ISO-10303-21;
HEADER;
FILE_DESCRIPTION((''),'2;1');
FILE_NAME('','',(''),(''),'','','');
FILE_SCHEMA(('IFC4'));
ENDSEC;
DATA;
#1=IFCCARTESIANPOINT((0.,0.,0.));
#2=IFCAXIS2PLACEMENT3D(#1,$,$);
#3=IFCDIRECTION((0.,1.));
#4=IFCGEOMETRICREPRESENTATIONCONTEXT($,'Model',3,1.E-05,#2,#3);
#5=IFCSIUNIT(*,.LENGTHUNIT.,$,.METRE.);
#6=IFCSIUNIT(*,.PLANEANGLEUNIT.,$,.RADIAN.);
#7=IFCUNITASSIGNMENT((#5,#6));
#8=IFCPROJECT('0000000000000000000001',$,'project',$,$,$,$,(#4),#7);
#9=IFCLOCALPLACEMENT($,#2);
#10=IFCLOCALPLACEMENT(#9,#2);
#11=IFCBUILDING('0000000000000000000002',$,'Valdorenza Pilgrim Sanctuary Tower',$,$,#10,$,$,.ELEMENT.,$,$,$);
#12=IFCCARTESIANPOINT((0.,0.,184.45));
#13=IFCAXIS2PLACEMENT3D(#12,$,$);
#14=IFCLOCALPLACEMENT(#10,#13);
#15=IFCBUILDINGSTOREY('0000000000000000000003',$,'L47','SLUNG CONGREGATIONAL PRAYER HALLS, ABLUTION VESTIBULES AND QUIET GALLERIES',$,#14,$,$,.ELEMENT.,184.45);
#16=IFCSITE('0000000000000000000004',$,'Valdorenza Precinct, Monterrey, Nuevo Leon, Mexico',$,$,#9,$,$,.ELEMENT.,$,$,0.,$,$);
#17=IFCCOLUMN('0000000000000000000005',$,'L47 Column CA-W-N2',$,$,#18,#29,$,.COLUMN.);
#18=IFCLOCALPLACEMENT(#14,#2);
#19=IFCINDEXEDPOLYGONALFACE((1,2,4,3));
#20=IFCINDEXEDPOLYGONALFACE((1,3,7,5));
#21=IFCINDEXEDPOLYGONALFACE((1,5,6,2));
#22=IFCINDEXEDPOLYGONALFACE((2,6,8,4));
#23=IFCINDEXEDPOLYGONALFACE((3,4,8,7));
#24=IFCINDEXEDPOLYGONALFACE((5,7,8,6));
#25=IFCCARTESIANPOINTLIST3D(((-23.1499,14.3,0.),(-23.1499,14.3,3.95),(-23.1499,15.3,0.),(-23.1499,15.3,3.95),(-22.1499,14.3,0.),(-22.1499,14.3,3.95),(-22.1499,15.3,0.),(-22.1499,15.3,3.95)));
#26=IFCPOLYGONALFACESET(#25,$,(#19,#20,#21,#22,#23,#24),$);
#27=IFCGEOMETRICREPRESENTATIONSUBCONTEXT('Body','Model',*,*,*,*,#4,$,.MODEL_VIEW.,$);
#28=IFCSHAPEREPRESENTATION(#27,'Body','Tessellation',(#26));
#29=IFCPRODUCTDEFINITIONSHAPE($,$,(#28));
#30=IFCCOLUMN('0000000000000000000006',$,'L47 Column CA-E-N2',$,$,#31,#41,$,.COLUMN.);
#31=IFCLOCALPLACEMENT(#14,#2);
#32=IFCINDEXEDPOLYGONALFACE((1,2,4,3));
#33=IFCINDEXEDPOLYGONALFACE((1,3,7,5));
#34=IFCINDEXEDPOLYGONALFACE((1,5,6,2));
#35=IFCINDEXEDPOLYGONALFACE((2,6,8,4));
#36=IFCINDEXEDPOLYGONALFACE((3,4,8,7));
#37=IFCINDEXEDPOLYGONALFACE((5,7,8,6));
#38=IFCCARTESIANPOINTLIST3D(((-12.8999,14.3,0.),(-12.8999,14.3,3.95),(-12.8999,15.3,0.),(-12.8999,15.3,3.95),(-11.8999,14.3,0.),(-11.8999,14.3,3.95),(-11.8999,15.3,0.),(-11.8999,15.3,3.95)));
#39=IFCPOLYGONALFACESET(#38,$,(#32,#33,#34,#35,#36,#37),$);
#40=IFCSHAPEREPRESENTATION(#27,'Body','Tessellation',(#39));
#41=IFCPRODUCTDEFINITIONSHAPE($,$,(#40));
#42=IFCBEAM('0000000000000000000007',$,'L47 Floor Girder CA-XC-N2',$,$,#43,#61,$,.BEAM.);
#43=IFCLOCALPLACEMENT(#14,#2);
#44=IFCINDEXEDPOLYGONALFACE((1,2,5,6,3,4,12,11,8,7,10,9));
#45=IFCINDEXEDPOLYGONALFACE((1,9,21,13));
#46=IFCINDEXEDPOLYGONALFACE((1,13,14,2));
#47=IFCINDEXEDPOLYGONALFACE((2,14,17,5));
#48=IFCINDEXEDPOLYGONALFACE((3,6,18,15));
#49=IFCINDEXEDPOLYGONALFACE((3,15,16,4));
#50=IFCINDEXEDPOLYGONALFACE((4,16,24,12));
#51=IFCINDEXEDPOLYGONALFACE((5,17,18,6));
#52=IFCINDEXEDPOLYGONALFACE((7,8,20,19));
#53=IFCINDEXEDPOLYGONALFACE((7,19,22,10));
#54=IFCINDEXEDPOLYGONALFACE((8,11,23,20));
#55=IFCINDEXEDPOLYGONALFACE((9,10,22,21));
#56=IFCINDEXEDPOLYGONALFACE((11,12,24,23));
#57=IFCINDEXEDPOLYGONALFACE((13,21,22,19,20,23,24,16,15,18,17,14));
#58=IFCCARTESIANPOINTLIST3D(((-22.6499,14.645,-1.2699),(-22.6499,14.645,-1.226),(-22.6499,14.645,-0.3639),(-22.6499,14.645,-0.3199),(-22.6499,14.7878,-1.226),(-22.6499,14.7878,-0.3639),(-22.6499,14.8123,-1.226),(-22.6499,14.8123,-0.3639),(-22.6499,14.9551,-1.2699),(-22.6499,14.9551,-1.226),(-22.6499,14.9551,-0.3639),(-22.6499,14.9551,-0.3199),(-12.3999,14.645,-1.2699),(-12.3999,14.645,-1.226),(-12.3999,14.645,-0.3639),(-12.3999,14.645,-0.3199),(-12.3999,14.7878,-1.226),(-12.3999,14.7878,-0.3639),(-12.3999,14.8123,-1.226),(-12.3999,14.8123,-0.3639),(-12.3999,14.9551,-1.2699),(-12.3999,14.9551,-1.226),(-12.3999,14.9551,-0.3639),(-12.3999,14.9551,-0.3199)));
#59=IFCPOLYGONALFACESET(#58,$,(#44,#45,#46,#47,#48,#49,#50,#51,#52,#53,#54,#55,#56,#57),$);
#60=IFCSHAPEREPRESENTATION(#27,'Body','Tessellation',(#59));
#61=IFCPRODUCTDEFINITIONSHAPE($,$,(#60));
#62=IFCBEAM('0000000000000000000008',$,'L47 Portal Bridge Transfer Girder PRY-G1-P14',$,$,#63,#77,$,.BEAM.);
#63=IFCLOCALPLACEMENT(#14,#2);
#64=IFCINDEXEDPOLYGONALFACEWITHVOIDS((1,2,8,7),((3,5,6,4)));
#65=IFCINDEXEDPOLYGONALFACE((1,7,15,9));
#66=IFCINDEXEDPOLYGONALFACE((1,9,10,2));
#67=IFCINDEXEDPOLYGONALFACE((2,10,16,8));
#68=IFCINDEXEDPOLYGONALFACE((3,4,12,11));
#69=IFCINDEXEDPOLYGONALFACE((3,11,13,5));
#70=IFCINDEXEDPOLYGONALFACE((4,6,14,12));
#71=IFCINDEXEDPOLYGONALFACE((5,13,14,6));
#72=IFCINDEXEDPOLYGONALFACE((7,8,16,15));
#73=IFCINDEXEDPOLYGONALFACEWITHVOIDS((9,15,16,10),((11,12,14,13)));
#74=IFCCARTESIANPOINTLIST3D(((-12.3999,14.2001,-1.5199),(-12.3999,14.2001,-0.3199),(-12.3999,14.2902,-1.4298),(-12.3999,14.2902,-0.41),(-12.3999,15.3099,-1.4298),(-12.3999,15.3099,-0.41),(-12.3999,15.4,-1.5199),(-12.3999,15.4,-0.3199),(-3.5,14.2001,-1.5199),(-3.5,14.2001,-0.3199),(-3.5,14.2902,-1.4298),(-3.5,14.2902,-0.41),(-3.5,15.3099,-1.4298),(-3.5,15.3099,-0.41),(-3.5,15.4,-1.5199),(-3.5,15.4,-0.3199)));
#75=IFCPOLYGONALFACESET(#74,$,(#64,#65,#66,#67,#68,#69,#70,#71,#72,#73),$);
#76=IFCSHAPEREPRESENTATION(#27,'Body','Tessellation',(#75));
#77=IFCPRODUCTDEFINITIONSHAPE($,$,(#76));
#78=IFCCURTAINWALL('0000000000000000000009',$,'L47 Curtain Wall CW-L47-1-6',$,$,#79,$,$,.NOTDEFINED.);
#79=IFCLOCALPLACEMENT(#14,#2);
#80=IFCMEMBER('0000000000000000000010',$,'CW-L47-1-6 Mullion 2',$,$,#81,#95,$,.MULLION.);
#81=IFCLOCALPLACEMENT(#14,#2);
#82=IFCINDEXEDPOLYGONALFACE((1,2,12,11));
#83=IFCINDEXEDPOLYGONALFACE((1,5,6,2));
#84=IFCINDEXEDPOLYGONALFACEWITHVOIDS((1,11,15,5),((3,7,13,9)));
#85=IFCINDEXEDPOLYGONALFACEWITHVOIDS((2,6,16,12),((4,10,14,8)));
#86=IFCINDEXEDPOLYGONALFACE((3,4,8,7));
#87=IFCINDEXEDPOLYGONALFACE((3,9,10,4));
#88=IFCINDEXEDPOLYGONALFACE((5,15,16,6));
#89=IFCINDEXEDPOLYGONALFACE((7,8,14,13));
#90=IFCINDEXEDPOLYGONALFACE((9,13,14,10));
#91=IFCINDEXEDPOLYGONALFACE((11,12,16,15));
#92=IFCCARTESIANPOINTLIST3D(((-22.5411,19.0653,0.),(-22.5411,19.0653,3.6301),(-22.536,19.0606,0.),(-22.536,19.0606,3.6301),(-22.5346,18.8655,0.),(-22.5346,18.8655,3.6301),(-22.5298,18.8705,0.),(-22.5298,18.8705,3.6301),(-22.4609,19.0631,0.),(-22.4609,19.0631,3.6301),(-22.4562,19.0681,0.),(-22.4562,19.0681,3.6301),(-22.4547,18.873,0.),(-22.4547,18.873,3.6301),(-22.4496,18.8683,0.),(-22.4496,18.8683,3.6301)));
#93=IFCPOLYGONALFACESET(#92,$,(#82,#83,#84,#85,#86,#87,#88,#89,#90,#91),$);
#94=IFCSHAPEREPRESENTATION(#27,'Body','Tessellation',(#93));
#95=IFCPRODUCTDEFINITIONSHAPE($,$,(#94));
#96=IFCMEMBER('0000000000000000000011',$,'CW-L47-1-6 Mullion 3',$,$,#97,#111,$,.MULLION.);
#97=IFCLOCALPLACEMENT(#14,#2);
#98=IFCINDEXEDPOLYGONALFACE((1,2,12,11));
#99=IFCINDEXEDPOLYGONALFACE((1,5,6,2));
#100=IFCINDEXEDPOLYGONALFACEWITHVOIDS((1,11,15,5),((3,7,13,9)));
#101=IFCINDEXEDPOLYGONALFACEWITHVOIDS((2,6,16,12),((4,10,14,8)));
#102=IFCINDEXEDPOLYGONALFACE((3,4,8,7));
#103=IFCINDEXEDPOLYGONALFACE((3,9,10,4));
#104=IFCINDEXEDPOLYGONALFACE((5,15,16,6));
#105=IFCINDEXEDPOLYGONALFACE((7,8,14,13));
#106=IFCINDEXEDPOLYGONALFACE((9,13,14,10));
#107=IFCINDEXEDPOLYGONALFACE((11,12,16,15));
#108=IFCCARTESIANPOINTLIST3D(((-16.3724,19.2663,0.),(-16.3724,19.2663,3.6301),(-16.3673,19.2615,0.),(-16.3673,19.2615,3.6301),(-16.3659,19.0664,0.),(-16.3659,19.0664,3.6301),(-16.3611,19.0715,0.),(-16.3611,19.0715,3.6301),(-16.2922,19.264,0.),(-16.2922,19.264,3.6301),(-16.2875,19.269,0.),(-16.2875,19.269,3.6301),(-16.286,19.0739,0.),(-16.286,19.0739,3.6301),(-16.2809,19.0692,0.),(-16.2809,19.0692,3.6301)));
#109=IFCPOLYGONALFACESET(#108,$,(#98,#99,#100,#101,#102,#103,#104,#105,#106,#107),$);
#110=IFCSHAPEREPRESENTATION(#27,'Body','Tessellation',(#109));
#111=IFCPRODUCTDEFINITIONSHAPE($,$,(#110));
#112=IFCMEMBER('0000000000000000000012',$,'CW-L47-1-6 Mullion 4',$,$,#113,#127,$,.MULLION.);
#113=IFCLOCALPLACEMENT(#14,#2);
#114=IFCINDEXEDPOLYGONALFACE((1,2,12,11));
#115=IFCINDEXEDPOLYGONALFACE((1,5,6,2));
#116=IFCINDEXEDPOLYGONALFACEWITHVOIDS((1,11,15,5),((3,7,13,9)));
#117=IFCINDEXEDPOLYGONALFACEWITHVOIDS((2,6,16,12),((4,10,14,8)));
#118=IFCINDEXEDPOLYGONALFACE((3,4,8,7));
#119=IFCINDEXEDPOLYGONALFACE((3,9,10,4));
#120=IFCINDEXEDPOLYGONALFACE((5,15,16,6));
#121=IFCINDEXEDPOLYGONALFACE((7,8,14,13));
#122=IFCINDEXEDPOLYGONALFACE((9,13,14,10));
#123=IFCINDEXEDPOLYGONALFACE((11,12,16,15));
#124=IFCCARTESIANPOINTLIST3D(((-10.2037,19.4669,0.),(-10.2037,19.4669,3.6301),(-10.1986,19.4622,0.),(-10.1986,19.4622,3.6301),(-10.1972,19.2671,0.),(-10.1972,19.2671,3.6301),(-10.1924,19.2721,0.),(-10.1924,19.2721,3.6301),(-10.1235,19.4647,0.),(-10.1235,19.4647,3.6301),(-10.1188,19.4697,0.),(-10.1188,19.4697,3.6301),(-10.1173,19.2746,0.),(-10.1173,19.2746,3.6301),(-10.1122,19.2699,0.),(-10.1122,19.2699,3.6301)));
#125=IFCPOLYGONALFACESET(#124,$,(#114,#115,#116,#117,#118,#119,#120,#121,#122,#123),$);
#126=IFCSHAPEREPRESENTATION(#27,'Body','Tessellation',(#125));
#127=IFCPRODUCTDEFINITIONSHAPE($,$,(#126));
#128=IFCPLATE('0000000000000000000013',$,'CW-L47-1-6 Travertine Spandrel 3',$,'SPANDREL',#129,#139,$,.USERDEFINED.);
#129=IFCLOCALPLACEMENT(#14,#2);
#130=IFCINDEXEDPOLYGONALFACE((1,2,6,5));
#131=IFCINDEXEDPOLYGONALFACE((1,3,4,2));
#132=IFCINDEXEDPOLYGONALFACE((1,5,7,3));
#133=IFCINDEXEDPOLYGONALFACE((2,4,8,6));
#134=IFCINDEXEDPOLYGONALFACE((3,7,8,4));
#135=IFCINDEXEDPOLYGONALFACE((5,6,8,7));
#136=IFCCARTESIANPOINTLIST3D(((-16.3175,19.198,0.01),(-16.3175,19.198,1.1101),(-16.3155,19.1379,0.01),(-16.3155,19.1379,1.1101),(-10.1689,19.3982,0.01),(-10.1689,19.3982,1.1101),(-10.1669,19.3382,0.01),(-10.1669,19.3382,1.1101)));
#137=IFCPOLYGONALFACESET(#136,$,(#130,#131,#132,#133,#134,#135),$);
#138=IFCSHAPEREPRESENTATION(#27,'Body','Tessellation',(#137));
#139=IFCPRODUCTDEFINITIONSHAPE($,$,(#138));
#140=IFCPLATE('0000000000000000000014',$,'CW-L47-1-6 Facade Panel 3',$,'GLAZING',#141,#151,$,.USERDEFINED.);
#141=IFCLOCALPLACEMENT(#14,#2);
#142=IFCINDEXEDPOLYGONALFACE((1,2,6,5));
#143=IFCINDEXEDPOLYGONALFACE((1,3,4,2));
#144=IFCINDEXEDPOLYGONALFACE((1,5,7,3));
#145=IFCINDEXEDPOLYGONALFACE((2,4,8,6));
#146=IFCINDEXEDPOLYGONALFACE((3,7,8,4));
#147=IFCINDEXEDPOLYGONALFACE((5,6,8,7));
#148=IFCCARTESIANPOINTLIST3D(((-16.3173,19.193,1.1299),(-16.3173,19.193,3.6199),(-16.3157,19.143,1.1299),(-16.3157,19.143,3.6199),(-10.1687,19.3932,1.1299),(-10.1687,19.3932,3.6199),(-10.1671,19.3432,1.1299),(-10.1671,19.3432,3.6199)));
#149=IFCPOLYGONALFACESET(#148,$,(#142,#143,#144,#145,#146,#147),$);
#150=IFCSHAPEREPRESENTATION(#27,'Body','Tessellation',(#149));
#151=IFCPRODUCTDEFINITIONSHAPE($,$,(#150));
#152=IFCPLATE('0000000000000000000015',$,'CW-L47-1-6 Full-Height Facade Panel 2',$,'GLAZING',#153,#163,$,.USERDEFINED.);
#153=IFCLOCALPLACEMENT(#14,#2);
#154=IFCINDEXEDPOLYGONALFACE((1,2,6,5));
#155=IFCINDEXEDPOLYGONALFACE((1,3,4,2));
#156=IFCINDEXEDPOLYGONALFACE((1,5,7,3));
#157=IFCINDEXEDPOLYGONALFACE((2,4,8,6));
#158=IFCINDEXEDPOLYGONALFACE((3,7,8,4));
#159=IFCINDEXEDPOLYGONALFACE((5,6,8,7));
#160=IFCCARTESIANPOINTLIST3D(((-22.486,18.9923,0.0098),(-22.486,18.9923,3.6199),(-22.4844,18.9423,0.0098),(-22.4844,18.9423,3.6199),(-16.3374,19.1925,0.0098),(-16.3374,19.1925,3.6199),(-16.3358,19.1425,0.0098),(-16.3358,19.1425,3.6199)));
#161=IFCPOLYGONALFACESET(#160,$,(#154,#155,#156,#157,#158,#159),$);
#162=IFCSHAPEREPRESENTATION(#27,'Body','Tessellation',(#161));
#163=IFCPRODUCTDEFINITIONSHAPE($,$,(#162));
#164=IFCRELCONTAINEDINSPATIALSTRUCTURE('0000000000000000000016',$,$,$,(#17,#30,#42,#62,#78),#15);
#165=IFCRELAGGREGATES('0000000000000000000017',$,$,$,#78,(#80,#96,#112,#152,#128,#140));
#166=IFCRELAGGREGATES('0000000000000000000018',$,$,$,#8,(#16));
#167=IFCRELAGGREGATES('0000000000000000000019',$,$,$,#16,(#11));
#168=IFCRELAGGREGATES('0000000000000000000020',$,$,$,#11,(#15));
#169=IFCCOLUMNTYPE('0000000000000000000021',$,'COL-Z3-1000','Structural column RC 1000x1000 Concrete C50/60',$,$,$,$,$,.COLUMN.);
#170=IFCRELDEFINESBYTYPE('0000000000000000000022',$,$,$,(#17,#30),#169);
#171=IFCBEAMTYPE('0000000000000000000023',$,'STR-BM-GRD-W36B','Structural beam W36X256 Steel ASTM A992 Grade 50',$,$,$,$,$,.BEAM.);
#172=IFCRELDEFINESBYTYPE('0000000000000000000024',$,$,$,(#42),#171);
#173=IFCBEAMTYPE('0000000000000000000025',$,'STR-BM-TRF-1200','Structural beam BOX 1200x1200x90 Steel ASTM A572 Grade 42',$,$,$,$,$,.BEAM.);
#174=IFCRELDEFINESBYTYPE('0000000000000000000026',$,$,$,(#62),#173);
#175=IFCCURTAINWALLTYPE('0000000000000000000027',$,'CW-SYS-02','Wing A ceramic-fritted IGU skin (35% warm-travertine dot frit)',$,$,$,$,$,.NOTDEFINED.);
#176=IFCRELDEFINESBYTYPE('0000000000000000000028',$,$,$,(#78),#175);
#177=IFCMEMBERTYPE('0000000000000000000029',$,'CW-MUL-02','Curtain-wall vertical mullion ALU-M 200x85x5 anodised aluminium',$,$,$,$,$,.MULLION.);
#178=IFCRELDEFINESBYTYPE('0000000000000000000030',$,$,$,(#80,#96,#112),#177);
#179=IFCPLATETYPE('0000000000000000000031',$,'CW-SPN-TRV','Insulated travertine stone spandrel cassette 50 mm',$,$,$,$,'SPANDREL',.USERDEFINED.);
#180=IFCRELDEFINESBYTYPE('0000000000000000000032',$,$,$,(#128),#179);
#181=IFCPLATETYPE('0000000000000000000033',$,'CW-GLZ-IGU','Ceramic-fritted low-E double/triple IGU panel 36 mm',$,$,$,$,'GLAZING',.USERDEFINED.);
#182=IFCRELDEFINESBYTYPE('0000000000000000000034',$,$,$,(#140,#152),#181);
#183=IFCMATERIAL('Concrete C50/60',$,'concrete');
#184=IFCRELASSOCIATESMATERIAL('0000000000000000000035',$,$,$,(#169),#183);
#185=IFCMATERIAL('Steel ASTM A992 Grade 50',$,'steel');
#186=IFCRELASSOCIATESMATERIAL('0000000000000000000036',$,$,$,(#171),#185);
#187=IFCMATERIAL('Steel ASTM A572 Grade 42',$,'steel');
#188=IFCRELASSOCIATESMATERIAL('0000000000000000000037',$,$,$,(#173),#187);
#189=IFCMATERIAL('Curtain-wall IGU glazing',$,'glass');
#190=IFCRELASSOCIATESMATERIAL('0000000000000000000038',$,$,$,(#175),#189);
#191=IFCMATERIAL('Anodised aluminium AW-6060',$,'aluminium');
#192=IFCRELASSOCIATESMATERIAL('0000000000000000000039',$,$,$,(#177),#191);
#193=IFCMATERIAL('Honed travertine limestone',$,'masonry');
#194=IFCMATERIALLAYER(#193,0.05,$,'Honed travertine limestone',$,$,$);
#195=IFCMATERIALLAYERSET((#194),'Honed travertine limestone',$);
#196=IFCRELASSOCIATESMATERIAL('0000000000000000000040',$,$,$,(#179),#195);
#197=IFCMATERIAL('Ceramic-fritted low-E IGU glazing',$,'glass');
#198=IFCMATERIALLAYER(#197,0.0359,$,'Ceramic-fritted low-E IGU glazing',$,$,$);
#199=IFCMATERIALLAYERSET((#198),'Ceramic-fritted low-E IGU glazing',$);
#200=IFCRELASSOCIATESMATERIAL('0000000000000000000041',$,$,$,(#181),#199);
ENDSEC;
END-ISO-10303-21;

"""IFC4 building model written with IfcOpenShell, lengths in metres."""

from ifc_helpers import new_model, si_unit, direction, frame, origin, origin_2d, place, context, subcontext, project, spatial, rectangle, hollow_rectangle, i_section, extrude, source, transform, mapped, material, layer, layer_set, material_profile, profile_set, type_object, element, aggregate, save


model = new_model("IFC4")

# Units and contexts
model_context = context("Model", 3, precision=1e-05, world=origin(), true_north=direction((0.0, 1.0)))
body_context = subcontext(model_context, "Body", "Model", "MODEL_VIEW")
ifc_project = project(units=[si_unit("LENGTHUNIT", "METRE"), si_unit("PLANEANGLEUNIT", "RADIAN")], contexts=[model_context])

# Site, building, storey
site_placement = place(None, origin())
site = spatial("IfcSite", under=ifc_project, at=site_placement, Name="Valdorenza Precinct, Monterrey, Nuevo Leon, Mexico", CompositionType="ELEMENT", RefElevation=0.0)
building_placement = place(site_placement, origin())
building = spatial("IfcBuilding", under=site, at=building_placement, Name="Valdorenza Pilgrim Sanctuary Tower", CompositionType="ELEMENT")
storey_placement = place(building_placement, frame((0.0, 0.0, 184.45)))
storey = spatial("IfcBuildingStorey", under=building, at=storey_placement, Name="L47", Description="SLUNG CONGREGATIONAL PRAYER HALLS, ABLUTION VESTIBULES AND QUIET GALLERIES", CompositionType="ELEMENT", Elevation=184.45)

# Columns
ifc_material_1 = material(Name="Concrete C50/60", Category="concrete")
ifc_material_profile_1 = material_profile(ifc_material_1, rectangle(XDim=1.0, YDim=1.0, at=origin_2d()), Name="RC 1000x1000")
ifc_profile_set_1 = profile_set([ifc_material_profile_1], Name="Concrete C50/60")
column_type = type_object("IfcColumnType", Name="COL-Z3-1000", Description="Structural column RC 1000x1000 Concrete C50/60", PredefinedType="COLUMN", material=ifc_profile_set_1)
shared_shape_1 = source(origin(), body_context, "Body", "SweptSolid", [
    extrude(rectangle(XDim=1.0, YDim=1.0, at=origin_2d()), origin(), (0.0, 0.0, 1.0), 3.95),
])
for number, where, z_axis, x_axis, name in (
    (1, (-22.6499, 14.8, 0.0), (0.0, 0.0, 1.0), (1.0, 0.0, 0.0), "L47 Column CA-W-N2"),
    (2, (-12.3999, 14.8, 0.0), (0.0, 0.0, 1.0), (1.0, 0.0, 0.0), "L47 Column CA-E-N2"),
):
    element("IfcColumn", number, at=place(storey_placement, frame(where, z_axis=z_axis, x_axis=x_axis)), inside=storey, type_object=column_type, Name=name, PredefinedType="COLUMN", context=body_context, shape_type="MappedRepresentation", body=[
        mapped(shared_shape_1, transform((0.0, 0.0, 0.0), x_axis=(1.0, 0.0, 0.0), y_axis=(0.0, 1.0, 0.0), z_axis=(0.0, 0.0, 1.0), scale=1.0)),
    ])

# Beams
ifc_material_2 = material(Name="Steel ASTM A992 Grade 50", Category="steel")
ifc_material_profile_2 = material_profile(ifc_material_2, i_section(OverallWidth=0.3101, OverallDepth=0.95, WebThickness=0.0244, FlangeThickness=0.0439, at=origin_2d()), Name="W36X256")
ifc_profile_set_2 = profile_set([ifc_material_profile_2], Name="Steel ASTM A992 Grade 50")
beam_type_1 = type_object("IfcBeamType", Name="STR-BM-GRD-W36B", Description="Structural beam W36X256 Steel ASTM A992 Grade 50", PredefinedType="BEAM", material=ifc_profile_set_2)
shared_shape_2 = source(origin(), body_context, "Body", "SweptSolid", [
    extrude(i_section(OverallWidth=0.3101, OverallDepth=0.95, WebThickness=0.0244, FlangeThickness=0.0439, at=origin_2d()), origin(), (0.0, 0.0, 1.0), 10.25),
])
beam_1_placement = place(storey_placement, frame((-22.6499, 14.8, -0.7949), z_axis=(1.0, 0.0, 0.0), x_axis=(0.0, 1.0, 0.0)))
element("IfcBeam", 3, at=beam_1_placement, inside=storey, type_object=beam_type_1, Name="L47 Floor Girder CA-XC-N2", PredefinedType="BEAM", context=body_context, shape_type="MappedRepresentation", body=[
    mapped(shared_shape_2, transform((0.0, 0.0, 0.0), x_axis=(1.0, 0.0, 0.0), y_axis=(0.0, 1.0, 0.0), z_axis=(0.0, 0.0, 1.0), scale=1.0)),
])
ifc_material_3 = material(Name="Steel ASTM A572 Grade 42", Category="steel")
ifc_material_profile_3 = material_profile(ifc_material_3, hollow_rectangle(XDim=1.2, YDim=1.2, WallThickness=0.0901, at=origin_2d()), Name="BOX 1200x1200x90")
ifc_profile_set_3 = profile_set([ifc_material_profile_3], Name="Steel ASTM A572 Grade 42")
beam_type_2 = type_object("IfcBeamType", Name="STR-BM-TRF-1200", Description="Structural beam BOX 1200x1200x90 Steel ASTM A572 Grade 42", PredefinedType="BEAM", material=ifc_profile_set_3)
shared_shape_3 = source(origin(), body_context, "Body", "SweptSolid", [
    extrude(hollow_rectangle(XDim=1.2, YDim=1.2, WallThickness=0.0901, at=origin_2d()), origin(), (0.0, 0.0, 1.0), 8.8999),
])
beam_2_placement = place(storey_placement, frame((-12.3999, 14.8, -0.9199), z_axis=(1.0, 0.0, 0.0), x_axis=(0.0, 1.0, 0.0)))
element("IfcBeam", 4, at=beam_2_placement, inside=storey, type_object=beam_type_2, Name="L47 Portal Bridge Transfer Girder PRY-G1-P14", PredefinedType="BEAM", context=body_context, shape_type="MappedRepresentation", body=[
    mapped(shared_shape_3, transform((0.0, 0.0, 0.0), x_axis=(1.0, 0.0, 0.0), y_axis=(0.0, 1.0, 0.0), z_axis=(0.0, 0.0, 1.0), scale=1.0)),
])

# Curtain wall, members, plates
ifc_material_4 = material(Name="Curtain-wall IGU glazing", Category="glass")
curtain_wall_type = type_object("IfcCurtainWallType", Name="CW-SYS-02", Description="Wing A ceramic-fritted IGU skin (35% warm-travertine dot frit)", PredefinedType="NOTDEFINED", material=ifc_material_4)
curtain_wall_placement = place(storey_placement, origin())
curtain_wall = element("IfcCurtainWall", 5, at=curtain_wall_placement, inside=storey, type_object=curtain_wall_type, Name="L47 Curtain Wall CW-L47-1-6", PredefinedType="NOTDEFINED")
ifc_material_5 = material(Name="Anodised aluminium AW-6060", Category="aluminium")
ifc_material_profile_4 = material_profile(ifc_material_5, hollow_rectangle(XDim=0.085, YDim=0.2, WallThickness=0.0049, at=origin_2d()), Name="ALU-M 200x85x5")
ifc_profile_set_4 = profile_set([ifc_material_profile_4], Name="Anodised aluminium AW-6060")
member_type = type_object("IfcMemberType", Name="CW-MUL-02", Description="Curtain-wall vertical mullion ALU-M 200x85x5 anodised aluminium", PredefinedType="MULLION", material=ifc_profile_set_4)
shared_shape_4 = source(origin(), body_context, "Body", "SweptSolid", [
    extrude(hollow_rectangle(XDim=0.085, YDim=0.2, WallThickness=0.0049, at=origin_2d()), origin(), (0.0, 0.0, 1.0), 3.6301),
])
member_1_placement = place(storey_placement, frame((-22.4954, 18.9668, 0.0), z_axis=(0.0, 0.0, 1.0), x_axis=(0.99947, 0.032545, 0.0)))
member_1 = element("IfcMember", 6, at=member_1_placement, type_object=member_type, Name="CW-L47-1-6 Mullion 2", PredefinedType="MULLION", context=body_context, shape_type="MappedRepresentation", body=[
    mapped(shared_shape_4, transform((0.0, 0.0, 0.0), x_axis=(1.0, 0.0, 0.0), y_axis=(0.0, 1.0, 0.0), z_axis=(0.0, 0.0, 1.0), scale=1.0)),
])
member_2_placement = place(storey_placement, frame((-16.3267, 19.1677, 0.0), z_axis=(0.0, 0.0, 1.0), x_axis=(0.99947, 0.032545, 0.0)))
member_2 = element("IfcMember", 7, at=member_2_placement, type_object=member_type, Name="CW-L47-1-6 Mullion 3", PredefinedType="MULLION", context=body_context, shape_type="MappedRepresentation", body=[
    mapped(shared_shape_4, transform((0.0, 0.0, 0.0), x_axis=(1.0, 0.0, 0.0), y_axis=(0.0, 1.0, 0.0), z_axis=(0.0, 0.0, 1.0), scale=1.0)),
])
member_3_placement = place(storey_placement, frame((-10.158, 19.3684, 0.0), z_axis=(0.0, 0.0, 1.0), x_axis=(0.99947, 0.032545, 0.0)))
member_3 = element("IfcMember", 8, at=member_3_placement, type_object=member_type, Name="CW-L47-1-6 Mullion 4", PredefinedType="MULLION", context=body_context, shape_type="MappedRepresentation", body=[
    mapped(shared_shape_4, transform((0.0, 0.0, 0.0), x_axis=(1.0, 0.0, 0.0), y_axis=(0.0, 1.0, 0.0), z_axis=(0.0, 0.0, 1.0), scale=1.0)),
])
ifc_material_6 = material(Name="Honed travertine limestone", Category="masonry")
ifc_layer_1 = layer(ifc_material_6, 0.05, Name="Honed travertine limestone")
ifc_layer_set_1 = layer_set([ifc_layer_1], Name="Honed travertine limestone")
plate_type_1 = type_object("IfcPlateType", Name="CW-SPN-TRV", Description="Insulated travertine stone spandrel cassette 50 mm", ElementType="SPANDREL", PredefinedType="USERDEFINED", material=ifc_layer_set_1)
shared_shape_5 = source(origin(), body_context, "Body", "SweptSolid", [
    extrude(rectangle(XDim=6.1519, YDim=0.0601, at=origin_2d()), origin(), (0.0, 0.0, 1.0), 1.1001),
])
plate_1_placement = place(storey_placement, frame((-13.2422, 19.2681, 0.01), z_axis=(0.0, 0.0, 1.0), x_axis=(0.99947, 0.032545, 0.0)))
plate_1 = element("IfcPlate", 9, at=plate_1_placement, type_object=plate_type_1, Name="CW-L47-1-6 Travertine Spandrel 3", ObjectType="SPANDREL", PredefinedType="USERDEFINED", context=body_context, shape_type="MappedRepresentation", body=[
    mapped(shared_shape_5, transform((0.0, 0.0, 0.0), x_axis=(1.0, 0.0, 0.0), y_axis=(0.0, 1.0, 0.0), z_axis=(0.0, 0.0, 1.0), scale=1.0)),
])
ifc_material_7 = material(Name="Ceramic-fritted low-E IGU glazing", Category="glass")
ifc_layer_2 = layer(ifc_material_7, 0.0359, Name="Ceramic-fritted low-E IGU glazing")
ifc_layer_set_2 = layer_set([ifc_layer_2], Name="Ceramic-fritted low-E IGU glazing")
plate_type_2 = type_object("IfcPlateType", Name="CW-GLZ-IGU", Description="Ceramic-fritted low-E double/triple IGU panel 36 mm", ElementType="GLAZING", PredefinedType="USERDEFINED", material=ifc_layer_set_2)
shared_shape_6 = source(origin(), body_context, "Body", "SweptSolid", [
    extrude(rectangle(XDim=6.1519, YDim=0.05, at=origin_2d()), origin(), (0.0, 0.0, 1.0), 2.49),
])
plate_2_placement = place(storey_placement, frame((-13.2422, 19.2681, 1.1299), z_axis=(0.0, 0.0, 1.0), x_axis=(0.99947, 0.032545, 0.0)))
plate_2 = element("IfcPlate", 10, at=plate_2_placement, type_object=plate_type_2, Name="CW-L47-1-6 Facade Panel 3", ObjectType="GLAZING", PredefinedType="USERDEFINED", context=body_context, shape_type="MappedRepresentation", body=[
    mapped(shared_shape_6, transform((0.0, 0.0, 0.0), x_axis=(1.0, 0.0, 0.0), y_axis=(0.0, 1.0, 0.0), z_axis=(0.0, 0.0, 1.0), scale=1.0)),
])
shared_shape_7 = source(origin(), body_context, "Body", "SweptSolid", [
    extrude(rectangle(XDim=6.1519, YDim=0.05, at=origin_2d()), origin(), (0.0, 0.0, 1.0), 3.6101),
])
plate_3_placement = place(storey_placement, frame((-19.4109, 19.0674, 0.0098), z_axis=(0.0, 0.0, 1.0), x_axis=(0.99947, 0.032545, 0.0)))
plate_3 = element("IfcPlate", 11, at=plate_3_placement, type_object=plate_type_2, Name="CW-L47-1-6 Full-Height Facade Panel 2", ObjectType="GLAZING", PredefinedType="USERDEFINED", context=body_context, shape_type="MappedRepresentation", body=[
    mapped(shared_shape_7, transform((0.0, 0.0, 0.0), x_axis=(1.0, 0.0, 0.0), y_axis=(0.0, 1.0, 0.0), z_axis=(0.0, 0.0, 1.0), scale=1.0)),
])
aggregate(curtain_wall, [member_1, member_2, member_3, plate_3, plate_1, plate_2])

save(model, "model.ifc")
